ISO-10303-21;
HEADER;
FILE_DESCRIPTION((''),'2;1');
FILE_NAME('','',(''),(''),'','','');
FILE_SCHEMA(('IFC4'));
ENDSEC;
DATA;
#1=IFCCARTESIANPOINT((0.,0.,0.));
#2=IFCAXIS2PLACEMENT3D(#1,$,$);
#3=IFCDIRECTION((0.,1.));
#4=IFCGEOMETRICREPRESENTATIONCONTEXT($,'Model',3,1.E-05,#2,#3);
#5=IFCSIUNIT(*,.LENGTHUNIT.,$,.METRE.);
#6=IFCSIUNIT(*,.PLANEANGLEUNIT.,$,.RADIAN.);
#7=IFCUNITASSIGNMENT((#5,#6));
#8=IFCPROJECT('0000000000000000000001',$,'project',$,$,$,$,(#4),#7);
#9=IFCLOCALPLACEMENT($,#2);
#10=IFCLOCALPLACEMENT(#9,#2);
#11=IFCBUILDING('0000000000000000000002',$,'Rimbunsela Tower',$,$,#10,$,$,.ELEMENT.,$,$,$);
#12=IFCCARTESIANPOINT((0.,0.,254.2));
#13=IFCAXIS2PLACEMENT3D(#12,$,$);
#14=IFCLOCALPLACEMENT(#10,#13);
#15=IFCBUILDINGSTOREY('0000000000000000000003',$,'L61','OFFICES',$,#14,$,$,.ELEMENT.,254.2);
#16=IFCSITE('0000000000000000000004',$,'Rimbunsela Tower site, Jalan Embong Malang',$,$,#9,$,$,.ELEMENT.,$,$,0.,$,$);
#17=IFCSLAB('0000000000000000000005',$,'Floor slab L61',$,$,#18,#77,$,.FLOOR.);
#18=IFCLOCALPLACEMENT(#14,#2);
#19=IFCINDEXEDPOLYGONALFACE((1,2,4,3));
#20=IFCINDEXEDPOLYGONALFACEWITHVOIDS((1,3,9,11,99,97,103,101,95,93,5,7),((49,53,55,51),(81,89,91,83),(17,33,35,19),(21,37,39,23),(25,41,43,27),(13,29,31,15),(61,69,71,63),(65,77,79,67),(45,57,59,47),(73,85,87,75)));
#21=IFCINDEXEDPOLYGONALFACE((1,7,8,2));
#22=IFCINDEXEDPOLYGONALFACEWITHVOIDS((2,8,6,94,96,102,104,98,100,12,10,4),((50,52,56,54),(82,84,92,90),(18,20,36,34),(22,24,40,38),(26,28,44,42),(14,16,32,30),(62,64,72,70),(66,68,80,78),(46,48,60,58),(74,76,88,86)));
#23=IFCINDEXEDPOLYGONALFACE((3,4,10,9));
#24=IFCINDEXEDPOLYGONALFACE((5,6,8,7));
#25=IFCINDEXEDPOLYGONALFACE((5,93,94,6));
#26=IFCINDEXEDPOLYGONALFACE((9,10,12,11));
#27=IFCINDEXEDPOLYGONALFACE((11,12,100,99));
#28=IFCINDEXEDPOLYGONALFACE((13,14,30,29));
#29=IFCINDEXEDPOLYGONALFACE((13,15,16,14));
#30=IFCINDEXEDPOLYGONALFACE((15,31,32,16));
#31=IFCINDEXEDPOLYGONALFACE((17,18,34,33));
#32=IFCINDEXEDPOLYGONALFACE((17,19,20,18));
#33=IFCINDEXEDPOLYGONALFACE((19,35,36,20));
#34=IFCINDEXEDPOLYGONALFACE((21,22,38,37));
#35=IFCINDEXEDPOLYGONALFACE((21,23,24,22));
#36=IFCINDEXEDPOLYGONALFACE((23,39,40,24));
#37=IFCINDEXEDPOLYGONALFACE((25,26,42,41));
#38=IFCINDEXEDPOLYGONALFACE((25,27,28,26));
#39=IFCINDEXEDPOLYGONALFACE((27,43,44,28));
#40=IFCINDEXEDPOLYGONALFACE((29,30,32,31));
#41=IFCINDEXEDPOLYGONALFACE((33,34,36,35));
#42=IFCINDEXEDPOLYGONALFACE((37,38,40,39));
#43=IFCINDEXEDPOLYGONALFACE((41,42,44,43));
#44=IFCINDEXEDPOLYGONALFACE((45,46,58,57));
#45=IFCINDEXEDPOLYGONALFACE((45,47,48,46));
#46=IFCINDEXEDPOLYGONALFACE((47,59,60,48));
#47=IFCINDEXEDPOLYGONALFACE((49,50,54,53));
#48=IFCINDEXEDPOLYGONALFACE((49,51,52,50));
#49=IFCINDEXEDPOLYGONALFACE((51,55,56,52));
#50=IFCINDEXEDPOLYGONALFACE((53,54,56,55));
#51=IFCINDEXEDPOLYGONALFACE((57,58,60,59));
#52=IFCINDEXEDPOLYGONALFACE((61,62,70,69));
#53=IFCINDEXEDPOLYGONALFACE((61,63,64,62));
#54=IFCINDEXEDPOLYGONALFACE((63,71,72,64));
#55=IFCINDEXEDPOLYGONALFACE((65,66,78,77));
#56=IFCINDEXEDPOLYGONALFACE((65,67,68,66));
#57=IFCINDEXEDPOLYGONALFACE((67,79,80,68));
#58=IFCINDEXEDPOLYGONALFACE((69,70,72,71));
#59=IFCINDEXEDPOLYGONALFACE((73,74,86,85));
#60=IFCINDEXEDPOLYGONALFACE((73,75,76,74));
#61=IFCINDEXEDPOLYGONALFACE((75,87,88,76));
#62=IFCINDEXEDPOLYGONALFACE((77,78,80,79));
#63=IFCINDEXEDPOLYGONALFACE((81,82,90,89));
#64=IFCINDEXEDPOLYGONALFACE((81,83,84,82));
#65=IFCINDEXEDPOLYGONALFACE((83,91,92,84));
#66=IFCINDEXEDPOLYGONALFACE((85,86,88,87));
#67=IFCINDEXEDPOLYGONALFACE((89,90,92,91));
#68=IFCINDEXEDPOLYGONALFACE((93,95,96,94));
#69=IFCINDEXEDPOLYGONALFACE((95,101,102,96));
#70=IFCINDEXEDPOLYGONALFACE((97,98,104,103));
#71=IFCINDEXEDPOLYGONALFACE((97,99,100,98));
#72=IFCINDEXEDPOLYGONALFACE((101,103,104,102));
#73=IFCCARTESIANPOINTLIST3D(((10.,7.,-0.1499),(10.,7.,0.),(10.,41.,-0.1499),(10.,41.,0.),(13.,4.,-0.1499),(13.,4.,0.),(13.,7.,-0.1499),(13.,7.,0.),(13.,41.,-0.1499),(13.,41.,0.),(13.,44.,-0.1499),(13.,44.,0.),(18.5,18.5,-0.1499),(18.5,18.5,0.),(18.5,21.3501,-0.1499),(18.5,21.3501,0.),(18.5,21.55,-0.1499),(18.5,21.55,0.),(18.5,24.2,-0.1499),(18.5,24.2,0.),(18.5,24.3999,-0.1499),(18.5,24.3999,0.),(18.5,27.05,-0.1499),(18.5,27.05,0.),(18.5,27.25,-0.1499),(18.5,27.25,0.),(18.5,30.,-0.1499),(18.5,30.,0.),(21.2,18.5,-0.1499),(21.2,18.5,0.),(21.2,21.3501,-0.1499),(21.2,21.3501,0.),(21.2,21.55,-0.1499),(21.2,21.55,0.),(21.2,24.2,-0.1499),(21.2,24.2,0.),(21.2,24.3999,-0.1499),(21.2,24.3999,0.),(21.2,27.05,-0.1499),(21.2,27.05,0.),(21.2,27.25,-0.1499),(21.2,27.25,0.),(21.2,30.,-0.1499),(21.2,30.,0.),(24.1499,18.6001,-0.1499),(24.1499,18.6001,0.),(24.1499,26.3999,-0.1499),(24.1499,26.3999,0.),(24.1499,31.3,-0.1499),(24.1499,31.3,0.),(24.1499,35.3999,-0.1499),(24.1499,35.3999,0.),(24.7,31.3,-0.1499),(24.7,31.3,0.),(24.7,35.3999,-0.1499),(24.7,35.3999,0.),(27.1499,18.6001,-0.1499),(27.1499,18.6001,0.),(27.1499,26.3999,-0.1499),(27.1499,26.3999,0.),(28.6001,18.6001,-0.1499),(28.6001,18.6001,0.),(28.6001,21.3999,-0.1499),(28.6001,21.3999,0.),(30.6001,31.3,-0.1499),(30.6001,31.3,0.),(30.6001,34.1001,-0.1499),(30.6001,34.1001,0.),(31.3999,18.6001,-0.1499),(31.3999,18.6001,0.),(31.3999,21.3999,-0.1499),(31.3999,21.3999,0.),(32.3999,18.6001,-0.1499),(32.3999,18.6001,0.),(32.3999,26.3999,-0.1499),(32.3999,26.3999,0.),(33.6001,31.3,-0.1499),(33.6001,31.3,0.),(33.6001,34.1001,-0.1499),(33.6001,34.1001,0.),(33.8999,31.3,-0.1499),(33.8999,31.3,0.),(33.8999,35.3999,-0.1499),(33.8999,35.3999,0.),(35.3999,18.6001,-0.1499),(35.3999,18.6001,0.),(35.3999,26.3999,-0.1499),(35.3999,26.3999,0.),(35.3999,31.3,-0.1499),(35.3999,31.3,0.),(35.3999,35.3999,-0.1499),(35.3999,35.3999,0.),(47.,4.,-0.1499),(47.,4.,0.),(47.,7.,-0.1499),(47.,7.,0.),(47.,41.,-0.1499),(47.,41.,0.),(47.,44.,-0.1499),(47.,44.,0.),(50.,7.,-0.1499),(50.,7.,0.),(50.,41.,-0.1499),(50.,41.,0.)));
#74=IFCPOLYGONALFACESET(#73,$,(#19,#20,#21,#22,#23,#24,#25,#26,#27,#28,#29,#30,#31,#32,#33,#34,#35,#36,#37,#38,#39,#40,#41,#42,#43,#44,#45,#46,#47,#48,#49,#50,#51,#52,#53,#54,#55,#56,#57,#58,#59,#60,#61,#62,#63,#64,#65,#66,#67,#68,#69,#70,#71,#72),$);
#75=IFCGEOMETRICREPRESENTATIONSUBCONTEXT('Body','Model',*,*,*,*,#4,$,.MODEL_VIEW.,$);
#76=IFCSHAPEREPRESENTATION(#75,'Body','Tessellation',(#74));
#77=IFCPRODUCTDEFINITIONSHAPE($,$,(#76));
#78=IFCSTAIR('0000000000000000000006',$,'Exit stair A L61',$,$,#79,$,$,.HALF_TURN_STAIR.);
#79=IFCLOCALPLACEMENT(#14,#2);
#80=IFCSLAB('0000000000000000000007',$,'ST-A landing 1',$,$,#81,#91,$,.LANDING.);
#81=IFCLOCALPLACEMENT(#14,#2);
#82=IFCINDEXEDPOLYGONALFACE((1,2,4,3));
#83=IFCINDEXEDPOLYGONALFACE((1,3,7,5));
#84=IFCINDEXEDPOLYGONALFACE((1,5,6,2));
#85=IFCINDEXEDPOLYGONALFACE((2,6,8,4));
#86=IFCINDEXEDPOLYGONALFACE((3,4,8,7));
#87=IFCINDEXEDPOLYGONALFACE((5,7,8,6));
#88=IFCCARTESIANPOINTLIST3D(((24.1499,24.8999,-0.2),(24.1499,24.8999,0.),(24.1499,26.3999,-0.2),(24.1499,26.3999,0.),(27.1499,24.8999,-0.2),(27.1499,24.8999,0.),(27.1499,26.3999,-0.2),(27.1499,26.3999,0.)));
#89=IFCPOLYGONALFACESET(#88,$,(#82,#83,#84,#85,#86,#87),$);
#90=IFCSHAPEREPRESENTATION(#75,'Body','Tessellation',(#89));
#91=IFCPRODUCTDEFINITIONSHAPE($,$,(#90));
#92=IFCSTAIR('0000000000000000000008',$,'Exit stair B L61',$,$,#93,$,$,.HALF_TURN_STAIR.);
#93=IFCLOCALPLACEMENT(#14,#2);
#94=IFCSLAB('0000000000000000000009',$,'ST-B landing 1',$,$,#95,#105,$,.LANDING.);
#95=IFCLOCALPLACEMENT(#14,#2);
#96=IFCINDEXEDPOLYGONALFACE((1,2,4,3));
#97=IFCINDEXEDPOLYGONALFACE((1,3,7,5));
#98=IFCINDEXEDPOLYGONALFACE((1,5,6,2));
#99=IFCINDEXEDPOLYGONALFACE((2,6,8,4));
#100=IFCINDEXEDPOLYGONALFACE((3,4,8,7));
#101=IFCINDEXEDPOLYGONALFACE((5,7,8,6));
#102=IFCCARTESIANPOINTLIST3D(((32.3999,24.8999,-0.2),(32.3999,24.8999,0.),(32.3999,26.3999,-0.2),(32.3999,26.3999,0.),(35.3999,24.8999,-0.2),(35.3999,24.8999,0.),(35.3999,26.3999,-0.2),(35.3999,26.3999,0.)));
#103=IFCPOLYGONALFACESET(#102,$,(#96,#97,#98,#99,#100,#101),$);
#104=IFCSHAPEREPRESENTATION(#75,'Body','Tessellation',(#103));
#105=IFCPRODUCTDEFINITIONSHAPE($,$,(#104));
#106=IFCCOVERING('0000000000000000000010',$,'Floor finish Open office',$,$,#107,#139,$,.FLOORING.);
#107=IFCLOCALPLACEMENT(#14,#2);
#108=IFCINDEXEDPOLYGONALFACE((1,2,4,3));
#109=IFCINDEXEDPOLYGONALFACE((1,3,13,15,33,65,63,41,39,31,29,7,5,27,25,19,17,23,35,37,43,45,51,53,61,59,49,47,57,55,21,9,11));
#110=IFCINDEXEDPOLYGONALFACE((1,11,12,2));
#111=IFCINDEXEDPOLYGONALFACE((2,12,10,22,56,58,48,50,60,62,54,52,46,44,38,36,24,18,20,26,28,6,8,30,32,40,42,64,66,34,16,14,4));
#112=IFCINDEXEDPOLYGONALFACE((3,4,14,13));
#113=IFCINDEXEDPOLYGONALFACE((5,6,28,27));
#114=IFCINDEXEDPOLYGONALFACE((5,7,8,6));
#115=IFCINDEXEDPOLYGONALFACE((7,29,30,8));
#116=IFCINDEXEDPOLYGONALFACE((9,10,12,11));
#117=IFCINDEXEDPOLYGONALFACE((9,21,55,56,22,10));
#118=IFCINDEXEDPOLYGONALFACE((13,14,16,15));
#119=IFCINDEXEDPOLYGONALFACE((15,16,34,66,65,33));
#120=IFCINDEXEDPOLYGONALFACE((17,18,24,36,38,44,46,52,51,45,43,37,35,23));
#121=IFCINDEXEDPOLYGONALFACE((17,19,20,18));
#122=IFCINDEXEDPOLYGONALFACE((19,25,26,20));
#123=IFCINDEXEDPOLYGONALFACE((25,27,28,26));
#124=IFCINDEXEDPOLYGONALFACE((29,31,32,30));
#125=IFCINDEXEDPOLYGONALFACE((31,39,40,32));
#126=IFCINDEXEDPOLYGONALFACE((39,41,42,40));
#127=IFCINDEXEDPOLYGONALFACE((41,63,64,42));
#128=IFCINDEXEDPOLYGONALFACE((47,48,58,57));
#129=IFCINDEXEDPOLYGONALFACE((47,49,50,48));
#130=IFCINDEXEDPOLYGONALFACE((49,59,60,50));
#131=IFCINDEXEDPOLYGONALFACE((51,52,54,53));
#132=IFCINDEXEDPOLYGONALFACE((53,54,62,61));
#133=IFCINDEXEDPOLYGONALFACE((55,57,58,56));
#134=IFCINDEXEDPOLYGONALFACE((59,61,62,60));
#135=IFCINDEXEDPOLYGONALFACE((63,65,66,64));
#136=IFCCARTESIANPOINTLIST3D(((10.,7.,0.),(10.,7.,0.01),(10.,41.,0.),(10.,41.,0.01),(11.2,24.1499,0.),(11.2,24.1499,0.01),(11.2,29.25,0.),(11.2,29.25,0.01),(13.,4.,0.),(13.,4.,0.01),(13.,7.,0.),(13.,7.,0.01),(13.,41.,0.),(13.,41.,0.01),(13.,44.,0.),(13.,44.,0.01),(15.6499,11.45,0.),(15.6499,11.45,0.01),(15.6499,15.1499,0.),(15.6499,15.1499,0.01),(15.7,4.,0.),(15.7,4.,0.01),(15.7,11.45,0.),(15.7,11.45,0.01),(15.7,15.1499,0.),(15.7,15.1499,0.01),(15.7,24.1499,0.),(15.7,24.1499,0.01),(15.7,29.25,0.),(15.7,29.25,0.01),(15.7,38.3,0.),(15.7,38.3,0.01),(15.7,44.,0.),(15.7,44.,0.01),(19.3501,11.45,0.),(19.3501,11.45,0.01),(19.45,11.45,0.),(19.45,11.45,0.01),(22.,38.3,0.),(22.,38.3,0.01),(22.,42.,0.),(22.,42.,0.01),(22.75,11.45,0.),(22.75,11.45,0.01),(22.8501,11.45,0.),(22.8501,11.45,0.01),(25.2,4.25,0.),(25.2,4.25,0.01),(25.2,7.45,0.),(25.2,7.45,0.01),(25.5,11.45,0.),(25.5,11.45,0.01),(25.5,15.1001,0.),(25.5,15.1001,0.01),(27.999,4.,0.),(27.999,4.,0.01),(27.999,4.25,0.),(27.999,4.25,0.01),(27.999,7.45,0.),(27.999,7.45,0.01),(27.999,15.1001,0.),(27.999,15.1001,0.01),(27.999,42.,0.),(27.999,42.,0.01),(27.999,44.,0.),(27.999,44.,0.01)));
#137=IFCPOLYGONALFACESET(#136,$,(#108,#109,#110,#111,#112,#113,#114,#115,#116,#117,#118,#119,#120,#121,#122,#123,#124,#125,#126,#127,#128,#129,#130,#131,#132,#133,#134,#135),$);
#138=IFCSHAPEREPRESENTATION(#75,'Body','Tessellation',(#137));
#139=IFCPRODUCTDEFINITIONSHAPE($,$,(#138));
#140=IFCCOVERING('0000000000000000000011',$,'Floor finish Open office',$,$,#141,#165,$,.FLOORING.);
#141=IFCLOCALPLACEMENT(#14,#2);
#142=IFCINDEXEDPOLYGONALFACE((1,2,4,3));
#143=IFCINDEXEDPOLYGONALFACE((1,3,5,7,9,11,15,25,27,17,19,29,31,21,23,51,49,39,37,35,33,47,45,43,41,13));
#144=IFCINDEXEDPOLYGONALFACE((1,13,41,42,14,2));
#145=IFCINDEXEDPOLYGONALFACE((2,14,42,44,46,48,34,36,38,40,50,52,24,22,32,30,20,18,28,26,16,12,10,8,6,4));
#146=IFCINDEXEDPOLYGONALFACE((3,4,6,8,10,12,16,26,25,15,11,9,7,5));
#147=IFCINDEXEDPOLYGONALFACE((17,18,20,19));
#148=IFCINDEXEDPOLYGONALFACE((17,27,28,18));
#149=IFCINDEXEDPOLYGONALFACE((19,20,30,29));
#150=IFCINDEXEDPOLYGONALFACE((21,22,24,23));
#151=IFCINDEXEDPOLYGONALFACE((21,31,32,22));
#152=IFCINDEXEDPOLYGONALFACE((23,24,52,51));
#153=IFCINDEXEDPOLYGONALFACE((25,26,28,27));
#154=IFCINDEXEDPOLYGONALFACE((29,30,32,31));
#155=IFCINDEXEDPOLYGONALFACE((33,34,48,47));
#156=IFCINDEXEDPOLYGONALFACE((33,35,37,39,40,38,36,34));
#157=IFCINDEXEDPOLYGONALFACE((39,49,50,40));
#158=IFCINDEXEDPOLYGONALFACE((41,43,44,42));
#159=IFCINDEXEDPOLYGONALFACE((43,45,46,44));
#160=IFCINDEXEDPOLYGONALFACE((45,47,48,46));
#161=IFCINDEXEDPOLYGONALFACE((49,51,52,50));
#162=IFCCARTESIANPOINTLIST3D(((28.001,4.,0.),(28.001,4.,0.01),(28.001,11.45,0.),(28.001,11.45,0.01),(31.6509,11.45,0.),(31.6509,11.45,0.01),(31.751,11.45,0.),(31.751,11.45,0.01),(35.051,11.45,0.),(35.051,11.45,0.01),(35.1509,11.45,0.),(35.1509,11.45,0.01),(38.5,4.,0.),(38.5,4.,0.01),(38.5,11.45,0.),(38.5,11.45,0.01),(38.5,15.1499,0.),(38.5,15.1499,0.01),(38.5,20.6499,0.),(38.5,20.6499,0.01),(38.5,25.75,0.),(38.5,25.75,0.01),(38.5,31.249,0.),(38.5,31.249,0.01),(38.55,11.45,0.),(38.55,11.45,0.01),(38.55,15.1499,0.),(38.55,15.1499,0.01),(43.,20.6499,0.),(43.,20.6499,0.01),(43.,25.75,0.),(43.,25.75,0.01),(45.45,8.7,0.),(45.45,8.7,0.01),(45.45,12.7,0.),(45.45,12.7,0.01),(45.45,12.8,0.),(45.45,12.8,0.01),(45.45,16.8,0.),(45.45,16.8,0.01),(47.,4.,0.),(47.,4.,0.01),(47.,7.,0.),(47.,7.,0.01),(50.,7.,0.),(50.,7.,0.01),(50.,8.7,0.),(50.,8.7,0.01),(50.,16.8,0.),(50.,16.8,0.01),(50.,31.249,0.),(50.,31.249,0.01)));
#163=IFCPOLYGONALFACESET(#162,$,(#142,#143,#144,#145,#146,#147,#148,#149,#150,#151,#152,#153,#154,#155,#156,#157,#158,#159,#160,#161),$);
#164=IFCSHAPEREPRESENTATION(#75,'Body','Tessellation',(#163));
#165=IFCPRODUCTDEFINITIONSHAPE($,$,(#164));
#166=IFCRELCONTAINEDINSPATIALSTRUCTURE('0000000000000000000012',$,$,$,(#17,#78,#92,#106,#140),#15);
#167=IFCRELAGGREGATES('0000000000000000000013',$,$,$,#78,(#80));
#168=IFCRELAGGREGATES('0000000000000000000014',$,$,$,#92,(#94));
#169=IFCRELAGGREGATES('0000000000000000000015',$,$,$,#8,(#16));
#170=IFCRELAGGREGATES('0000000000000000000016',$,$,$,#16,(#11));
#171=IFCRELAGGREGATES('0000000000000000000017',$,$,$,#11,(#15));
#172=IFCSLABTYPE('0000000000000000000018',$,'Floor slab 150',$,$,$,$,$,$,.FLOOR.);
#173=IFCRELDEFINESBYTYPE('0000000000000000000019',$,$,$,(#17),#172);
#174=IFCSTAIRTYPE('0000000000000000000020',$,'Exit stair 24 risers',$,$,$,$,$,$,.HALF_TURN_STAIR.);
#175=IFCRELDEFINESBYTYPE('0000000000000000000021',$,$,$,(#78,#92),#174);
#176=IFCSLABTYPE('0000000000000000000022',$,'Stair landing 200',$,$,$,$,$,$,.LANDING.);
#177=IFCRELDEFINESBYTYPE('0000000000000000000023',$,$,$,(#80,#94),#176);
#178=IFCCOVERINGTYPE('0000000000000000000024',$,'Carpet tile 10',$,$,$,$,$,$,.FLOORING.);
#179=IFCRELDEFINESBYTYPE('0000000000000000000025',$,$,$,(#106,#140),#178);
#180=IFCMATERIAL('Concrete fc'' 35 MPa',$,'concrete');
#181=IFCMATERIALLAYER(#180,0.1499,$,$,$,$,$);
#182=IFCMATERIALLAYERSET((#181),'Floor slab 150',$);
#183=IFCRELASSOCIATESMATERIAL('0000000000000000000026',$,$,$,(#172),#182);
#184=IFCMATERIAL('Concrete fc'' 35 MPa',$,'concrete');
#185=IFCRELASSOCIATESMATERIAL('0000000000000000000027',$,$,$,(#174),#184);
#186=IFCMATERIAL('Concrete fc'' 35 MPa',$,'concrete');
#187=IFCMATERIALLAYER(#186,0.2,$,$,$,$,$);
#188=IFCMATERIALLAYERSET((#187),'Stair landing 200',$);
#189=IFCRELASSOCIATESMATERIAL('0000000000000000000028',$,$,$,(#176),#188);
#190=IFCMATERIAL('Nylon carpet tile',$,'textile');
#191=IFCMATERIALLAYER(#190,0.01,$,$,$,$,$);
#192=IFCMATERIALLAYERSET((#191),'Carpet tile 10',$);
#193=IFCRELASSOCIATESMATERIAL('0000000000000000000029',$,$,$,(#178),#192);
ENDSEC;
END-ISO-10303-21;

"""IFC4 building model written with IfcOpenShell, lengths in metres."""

from ifc_helpers import new_model, si_unit, direction, frame, origin, place, context, subcontext, project, spatial, polyline, outline, extrude, material, layer, layer_set, type_object, element, aggregate, save


model = new_model("IFC4")

# Units and contexts
model_context = context("Model", 3, precision=1e-05, world=origin(), true_north=direction((0.0, 1.0)))
body_context = subcontext(model_context, "Body", "Model", "MODEL_VIEW")
ifc_project = project(units=[si_unit("LENGTHUNIT", "METRE"), si_unit("PLANEANGLEUNIT", "RADIAN")], contexts=[model_context])

# Site, building, storey
site_placement = place(None, origin())
site = spatial("IfcSite", under=ifc_project, at=site_placement, Name="Rimbunsela Tower site, Jalan Embong Malang", CompositionType="ELEMENT", RefElevation=0.0)
building_placement = place(site_placement, origin())
building = spatial("IfcBuilding", under=site, at=building_placement, Name="Rimbunsela Tower", CompositionType="ELEMENT")
storey_placement = place(building_placement, frame((0.0, 0.0, 254.2)))
storey = spatial("IfcBuildingStorey", under=building, at=storey_placement, Name="L61", Description="OFFICES", CompositionType="ELEMENT", Elevation=254.2)

# Slab
ifc_material_1 = material(Name="Concrete fc' 35 MPa", Category="concrete")
ifc_layer_1 = layer(ifc_material_1, 0.1499)
ifc_layer_set_1 = layer_set([ifc_layer_1], Name="Floor slab 150")
slab_type_1 = type_object("IfcSlabType", Name="Floor slab 150", PredefinedType="FLOOR", material=ifc_layer_set_1)
slab_1_placement = place(storey_placement, frame((0.0, 0.0, -0.1499)))
element("IfcSlab", 1, at=slab_1_placement, inside=storey, type_object=slab_type_1, Name="Floor slab L61", PredefinedType="FLOOR", context=body_context, shape_type="SweptSolid", body=[
    extrude(outline(polyline([(13.0, 4.0), (47.0, 4.0), (47.0, 7.0), (50.0, 7.0), (50.0, 41.0), (47.0, 41.0), (47.0, 44.0), (13.0, 44.0), (13.0, 41.0), (10.0, 41.0), (10.0, 7.0), (13.0, 7.0), (13.0, 4.0)]), holes=[polyline([(21.2, 21.3501), (18.5, 21.3501), (18.5, 18.5), (21.2, 18.5), (21.2, 21.3501)]), polyline([(21.2, 21.55), (21.2, 24.2), (18.5, 24.2), (18.5, 21.55), (21.2, 21.55)]), polyline([(21.2, 27.05), (18.5, 27.05), (18.5, 24.3999), (21.2, 24.3999), (21.2, 27.05)]), polyline([(21.2, 30.0), (18.5, 30.0), (18.5, 27.25), (21.2, 27.25), (21.2, 30.0)]), polyline([(27.1499, 26.3999), (24.1499, 26.3999), (24.1499, 18.6001), (27.1499, 18.6001), (27.1499, 26.3999)]), polyline([(24.7, 31.3), (24.7, 35.3999), (24.1499, 35.3999), (24.1499, 31.3), (24.7, 31.3)]), polyline([(31.3999, 21.3999), (28.6001, 21.3999), (28.6001, 18.6001), (31.3999, 18.6001), (31.3999, 21.3999)]), polyline([(33.6001, 34.1001), (30.6001, 34.1001), (30.6001, 31.3), (33.6001, 31.3), (33.6001, 34.1001)]), polyline([(35.3999, 18.6001), (35.3999, 26.3999), (32.3999, 26.3999), (32.3999, 18.6001), (35.3999, 18.6001)]), polyline([(35.3999, 31.3), (35.3999, 35.3999), (33.8999, 35.3999), (33.8999, 31.3), (35.3999, 31.3)])]), origin(), (0.0, 0.0, 1.0), 0.1499),
])

# Stairs, slabs
ifc_material_2 = material(Name="Concrete fc' 35 MPa", Category="concrete")
stair_type = type_object("IfcStairType", Name="Exit stair 24 risers", PredefinedType="HALF_TURN_STAIR", material=ifc_material_2)
stair_1_placement = place(storey_placement, origin())
stair_1 = element("IfcStair", 2, at=stair_1_placement, inside=storey, type_object=stair_type, Name="Exit stair A L61", PredefinedType="HALF_TURN_STAIR")
ifc_material_3 = material(Name="Concrete fc' 35 MPa", Category="concrete")
ifc_layer_2 = layer(ifc_material_3, 0.2)
ifc_layer_set_2 = layer_set([ifc_layer_2], Name="Stair landing 200")
slab_type_2 = type_object("IfcSlabType", Name="Stair landing 200", PredefinedType="LANDING", material=ifc_layer_set_2)
slab_2_placement = place(storey_placement, frame((0.0, 0.0, -0.2)))
slab_2 = element("IfcSlab", 3, at=slab_2_placement, type_object=slab_type_2, Name="ST-A landing 1", PredefinedType="LANDING", context=body_context, shape_type="SweptSolid", body=[
    extrude(outline(polyline([(24.1499, 24.8999), (27.1499, 24.8999), (27.1499, 26.3999), (24.1499, 26.3999), (24.1499, 24.8999)])), origin(), (0.0, 0.0, 1.0), 0.2),
])
aggregate(stair_1, [slab_2])
stair_2_placement = place(storey_placement, origin())
stair_2 = element("IfcStair", 4, at=stair_2_placement, inside=storey, type_object=stair_type, Name="Exit stair B L61", PredefinedType="HALF_TURN_STAIR")
slab_3_placement = place(storey_placement, frame((0.0, 0.0, -0.2)))
slab_3 = element("IfcSlab", 5, at=slab_3_placement, type_object=slab_type_2, Name="ST-B landing 1", PredefinedType="LANDING", context=body_context, shape_type="SweptSolid", body=[
    extrude(outline(polyline([(32.3999, 24.8999), (35.3999, 24.8999), (35.3999, 26.3999), (32.3999, 26.3999), (32.3999, 24.8999)])), origin(), (0.0, 0.0, 1.0), 0.2),
])
aggregate(stair_2, [slab_3])

# Coverings
ifc_material_4 = material(Name="Nylon carpet tile", Category="textile")
ifc_layer_3 = layer(ifc_material_4, 0.01)
ifc_layer_set_3 = layer_set([ifc_layer_3], Name="Carpet tile 10")
covering_type_1 = type_object("IfcCoveringType", Name="Carpet tile 10", PredefinedType="FLOORING", material=ifc_layer_set_3)
covering_1_placement = place(storey_placement, origin())
element("IfcCovering", 6, at=covering_1_placement, inside=storey, type_object=covering_type_1, Name="Floor finish Open office", PredefinedType="FLOORING", context=body_context, shape_type="SweptSolid", body=[
    extrude(outline(polyline([(19.45, 11.45), (22.75, 11.45), (22.8501, 11.45), (25.5, 11.45), (25.5, 15.1001), (27.999, 15.1001), (27.999, 7.45), (25.2, 7.45), (25.2, 4.25), (27.999, 4.25), (27.999, 4.0), (15.7, 4.0), (13.0, 4.0), (13.0, 7.0), (10.0, 7.0), (10.0, 41.0), (13.0, 41.0), (13.0, 44.0), (15.7, 44.0), (27.999, 44.0), (27.999, 42.0), (22.0, 42.0), (22.0, 38.3), (15.7, 38.3), (15.7, 29.25), (11.2, 29.25), (11.2, 24.1499), (15.7, 24.1499), (15.7, 15.1499), (15.6499, 15.1499), (15.6499, 11.45), (15.7, 11.45), (19.3501, 11.45), (19.45, 11.45)])), origin(), (0.0, 0.0, 1.0), 0.01),
])
covering_2_placement = place(storey_placement, origin())
element("IfcCovering", 7, at=covering_2_placement, inside=storey, type_object=covering_type_1, Name="Floor finish Open office", PredefinedType="FLOORING", context=body_context, shape_type="SweptSolid", body=[
    extrude(outline(polyline([(28.001, 11.45), (31.6509, 11.45), (31.751, 11.45), (35.051, 11.45), (35.1509, 11.45), (38.5, 11.45), (38.55, 11.45), (38.55, 15.1499), (38.5, 15.1499), (38.5, 20.6499), (43.0, 20.6499), (43.0, 25.75), (38.5, 25.75), (38.5, 31.249), (50.0, 31.249), (50.0, 16.8), (45.45, 16.8), (45.45, 12.8), (45.45, 12.7), (45.45, 8.7), (50.0, 8.7), (50.0, 7.0), (47.0, 7.0), (47.0, 4.0), (38.5, 4.0), (28.001, 4.0), (28.001, 11.45)])), origin(), (0.0, 0.0, 1.0), 0.01),
])

save(model, "model.ifc")
